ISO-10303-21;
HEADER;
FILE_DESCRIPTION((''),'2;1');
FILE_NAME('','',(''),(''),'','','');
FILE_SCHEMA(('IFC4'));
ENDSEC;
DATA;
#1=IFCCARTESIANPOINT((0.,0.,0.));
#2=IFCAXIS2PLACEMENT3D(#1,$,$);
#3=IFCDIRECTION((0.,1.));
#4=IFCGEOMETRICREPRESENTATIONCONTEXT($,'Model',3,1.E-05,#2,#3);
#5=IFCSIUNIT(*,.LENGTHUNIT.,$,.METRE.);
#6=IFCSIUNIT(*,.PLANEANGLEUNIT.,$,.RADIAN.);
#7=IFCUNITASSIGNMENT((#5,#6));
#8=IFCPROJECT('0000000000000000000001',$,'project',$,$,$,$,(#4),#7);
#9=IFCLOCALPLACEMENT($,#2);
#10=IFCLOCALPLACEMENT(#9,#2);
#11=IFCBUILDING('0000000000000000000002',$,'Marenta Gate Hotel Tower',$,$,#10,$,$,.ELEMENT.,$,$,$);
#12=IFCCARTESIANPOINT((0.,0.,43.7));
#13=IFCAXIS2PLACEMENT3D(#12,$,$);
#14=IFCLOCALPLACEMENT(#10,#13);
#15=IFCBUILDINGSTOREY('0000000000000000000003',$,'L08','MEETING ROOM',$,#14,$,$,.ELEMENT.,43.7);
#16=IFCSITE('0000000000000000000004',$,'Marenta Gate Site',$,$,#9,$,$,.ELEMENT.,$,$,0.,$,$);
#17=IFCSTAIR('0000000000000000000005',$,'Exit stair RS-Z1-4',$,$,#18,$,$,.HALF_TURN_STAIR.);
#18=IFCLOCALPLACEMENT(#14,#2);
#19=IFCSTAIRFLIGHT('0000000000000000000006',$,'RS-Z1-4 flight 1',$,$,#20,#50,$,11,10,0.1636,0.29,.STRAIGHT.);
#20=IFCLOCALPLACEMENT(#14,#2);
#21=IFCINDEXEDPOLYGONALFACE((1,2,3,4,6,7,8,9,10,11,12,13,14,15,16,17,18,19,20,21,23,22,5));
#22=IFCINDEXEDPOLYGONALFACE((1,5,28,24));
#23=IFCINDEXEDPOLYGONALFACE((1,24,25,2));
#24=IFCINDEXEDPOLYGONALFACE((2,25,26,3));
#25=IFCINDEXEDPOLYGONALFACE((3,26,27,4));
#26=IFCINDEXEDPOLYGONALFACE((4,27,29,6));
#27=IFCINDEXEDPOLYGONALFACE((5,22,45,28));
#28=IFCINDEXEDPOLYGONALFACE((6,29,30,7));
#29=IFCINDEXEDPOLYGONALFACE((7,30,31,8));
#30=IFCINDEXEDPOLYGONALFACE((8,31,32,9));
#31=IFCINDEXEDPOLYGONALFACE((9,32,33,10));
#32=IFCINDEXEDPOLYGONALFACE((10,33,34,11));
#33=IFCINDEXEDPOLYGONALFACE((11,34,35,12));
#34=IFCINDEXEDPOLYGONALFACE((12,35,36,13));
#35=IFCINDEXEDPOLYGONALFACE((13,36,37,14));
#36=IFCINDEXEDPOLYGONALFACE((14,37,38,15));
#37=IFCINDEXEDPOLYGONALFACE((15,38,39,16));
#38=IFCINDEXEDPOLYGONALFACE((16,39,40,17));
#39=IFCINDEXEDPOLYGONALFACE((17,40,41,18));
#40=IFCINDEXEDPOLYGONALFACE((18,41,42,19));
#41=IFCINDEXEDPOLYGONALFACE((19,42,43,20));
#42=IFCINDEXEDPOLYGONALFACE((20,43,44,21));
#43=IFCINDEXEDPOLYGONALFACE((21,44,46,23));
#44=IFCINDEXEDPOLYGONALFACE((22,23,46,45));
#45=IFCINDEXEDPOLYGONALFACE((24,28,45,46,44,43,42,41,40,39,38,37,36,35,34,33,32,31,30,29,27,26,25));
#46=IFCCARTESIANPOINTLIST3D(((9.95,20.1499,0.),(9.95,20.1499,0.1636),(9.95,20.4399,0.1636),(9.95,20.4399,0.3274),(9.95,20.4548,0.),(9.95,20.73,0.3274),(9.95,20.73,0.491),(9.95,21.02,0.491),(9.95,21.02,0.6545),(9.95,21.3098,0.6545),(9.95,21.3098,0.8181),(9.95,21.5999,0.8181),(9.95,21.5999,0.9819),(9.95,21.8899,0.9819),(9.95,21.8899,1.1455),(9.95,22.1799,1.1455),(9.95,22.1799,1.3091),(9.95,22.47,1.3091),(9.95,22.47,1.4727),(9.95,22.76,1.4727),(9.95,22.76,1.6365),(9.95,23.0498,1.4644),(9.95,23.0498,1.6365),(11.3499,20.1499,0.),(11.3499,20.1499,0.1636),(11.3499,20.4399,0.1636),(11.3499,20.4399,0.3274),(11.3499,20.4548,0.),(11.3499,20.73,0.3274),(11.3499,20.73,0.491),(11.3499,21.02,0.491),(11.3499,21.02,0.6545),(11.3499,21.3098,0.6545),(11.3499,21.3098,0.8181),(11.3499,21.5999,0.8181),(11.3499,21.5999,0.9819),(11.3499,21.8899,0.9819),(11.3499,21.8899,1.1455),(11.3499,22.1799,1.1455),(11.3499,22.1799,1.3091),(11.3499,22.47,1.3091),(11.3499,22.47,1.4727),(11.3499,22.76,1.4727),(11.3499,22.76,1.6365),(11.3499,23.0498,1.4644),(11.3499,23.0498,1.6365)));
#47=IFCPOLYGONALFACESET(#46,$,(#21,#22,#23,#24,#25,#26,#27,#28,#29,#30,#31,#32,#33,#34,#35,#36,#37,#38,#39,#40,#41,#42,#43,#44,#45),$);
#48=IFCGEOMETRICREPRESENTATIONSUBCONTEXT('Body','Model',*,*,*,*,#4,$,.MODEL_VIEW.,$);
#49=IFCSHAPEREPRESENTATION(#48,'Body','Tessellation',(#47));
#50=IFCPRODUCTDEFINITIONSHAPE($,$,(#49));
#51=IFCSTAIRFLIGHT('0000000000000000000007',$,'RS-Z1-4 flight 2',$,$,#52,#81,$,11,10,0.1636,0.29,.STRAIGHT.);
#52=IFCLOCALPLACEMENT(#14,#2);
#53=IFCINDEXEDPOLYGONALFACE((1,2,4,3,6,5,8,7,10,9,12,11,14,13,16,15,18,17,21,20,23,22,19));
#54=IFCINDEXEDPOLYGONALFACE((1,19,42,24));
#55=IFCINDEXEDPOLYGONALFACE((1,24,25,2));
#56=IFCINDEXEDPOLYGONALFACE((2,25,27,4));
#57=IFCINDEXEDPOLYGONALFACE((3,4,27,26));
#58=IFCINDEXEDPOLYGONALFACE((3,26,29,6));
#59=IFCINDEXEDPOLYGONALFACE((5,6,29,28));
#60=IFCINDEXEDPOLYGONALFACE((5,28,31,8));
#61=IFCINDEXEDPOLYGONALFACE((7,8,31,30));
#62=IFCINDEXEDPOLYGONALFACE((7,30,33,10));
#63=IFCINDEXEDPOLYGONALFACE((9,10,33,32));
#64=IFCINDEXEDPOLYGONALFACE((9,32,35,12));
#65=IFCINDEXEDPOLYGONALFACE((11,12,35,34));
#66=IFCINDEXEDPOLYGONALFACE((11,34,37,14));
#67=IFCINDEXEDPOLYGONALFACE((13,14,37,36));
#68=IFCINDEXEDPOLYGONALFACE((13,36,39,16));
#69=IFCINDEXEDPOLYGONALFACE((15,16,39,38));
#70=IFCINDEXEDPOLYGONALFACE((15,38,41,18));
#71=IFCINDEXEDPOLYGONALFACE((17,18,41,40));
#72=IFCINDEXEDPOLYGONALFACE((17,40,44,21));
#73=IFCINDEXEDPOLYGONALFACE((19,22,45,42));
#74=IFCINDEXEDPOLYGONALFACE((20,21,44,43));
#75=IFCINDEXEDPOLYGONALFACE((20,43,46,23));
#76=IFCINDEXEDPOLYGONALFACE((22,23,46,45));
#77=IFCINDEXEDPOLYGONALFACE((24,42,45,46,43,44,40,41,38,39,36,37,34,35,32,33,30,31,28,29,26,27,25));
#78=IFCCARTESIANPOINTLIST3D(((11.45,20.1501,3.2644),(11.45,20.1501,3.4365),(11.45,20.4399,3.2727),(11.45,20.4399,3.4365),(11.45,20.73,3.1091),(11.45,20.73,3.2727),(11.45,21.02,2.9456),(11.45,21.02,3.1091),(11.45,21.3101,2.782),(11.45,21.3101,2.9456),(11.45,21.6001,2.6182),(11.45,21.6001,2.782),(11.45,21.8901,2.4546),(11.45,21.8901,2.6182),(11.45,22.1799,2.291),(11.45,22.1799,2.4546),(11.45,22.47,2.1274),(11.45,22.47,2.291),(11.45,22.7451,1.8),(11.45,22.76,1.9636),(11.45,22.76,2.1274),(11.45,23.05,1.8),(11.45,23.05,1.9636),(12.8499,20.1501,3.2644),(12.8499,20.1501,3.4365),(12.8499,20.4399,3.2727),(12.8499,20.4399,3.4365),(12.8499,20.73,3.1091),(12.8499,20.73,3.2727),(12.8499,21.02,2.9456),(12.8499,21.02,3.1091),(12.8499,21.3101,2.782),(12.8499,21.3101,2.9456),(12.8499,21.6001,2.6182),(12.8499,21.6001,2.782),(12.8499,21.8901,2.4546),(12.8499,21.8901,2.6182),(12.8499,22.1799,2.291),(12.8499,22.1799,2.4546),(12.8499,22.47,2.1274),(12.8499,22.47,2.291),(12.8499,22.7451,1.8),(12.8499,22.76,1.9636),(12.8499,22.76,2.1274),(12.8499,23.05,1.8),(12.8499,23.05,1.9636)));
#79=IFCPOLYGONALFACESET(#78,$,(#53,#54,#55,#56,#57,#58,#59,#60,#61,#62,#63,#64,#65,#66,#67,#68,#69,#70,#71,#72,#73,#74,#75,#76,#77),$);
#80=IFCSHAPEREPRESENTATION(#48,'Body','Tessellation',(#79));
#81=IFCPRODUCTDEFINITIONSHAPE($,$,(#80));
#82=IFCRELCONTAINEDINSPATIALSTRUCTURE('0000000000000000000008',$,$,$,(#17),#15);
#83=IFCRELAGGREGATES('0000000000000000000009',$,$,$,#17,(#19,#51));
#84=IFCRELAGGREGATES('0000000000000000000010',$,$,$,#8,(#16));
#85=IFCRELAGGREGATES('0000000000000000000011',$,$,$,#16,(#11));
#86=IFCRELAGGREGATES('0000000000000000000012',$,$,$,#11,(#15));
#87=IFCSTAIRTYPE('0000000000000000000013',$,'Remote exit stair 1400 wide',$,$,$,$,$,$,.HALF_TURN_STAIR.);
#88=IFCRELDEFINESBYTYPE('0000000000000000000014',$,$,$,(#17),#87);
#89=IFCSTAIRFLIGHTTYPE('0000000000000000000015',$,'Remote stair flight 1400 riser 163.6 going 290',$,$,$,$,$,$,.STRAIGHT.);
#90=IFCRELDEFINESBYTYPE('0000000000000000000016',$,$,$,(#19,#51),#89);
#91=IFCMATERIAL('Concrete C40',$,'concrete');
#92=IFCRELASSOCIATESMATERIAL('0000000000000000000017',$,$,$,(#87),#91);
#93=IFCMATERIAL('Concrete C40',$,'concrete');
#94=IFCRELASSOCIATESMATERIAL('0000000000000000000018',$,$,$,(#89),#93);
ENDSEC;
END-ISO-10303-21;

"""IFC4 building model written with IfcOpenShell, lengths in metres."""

from ifc_helpers import new_model, si_unit, direction, frame, origin, place, context, subcontext, project, spatial, polyline, outline, extrude, material, type_object, element, aggregate, save


model = new_model("IFC4")

# Units and contexts
model_context = context("Model", 3, precision=1e-05, world=origin(), true_north=direction((0.0, 1.0)))
body_context = subcontext(model_context, "Body", "Model", "MODEL_VIEW")
ifc_project = project(units=[si_unit("LENGTHUNIT", "METRE"), si_unit("PLANEANGLEUNIT", "RADIAN")], contexts=[model_context])

# Site, building, storey
site_placement = place(None, origin())
site = spatial("IfcSite", under=ifc_project, at=site_placement, Name="Marenta Gate Site", CompositionType="ELEMENT", RefElevation=0.0)
building_placement = place(site_placement, origin())
building = spatial("IfcBuilding", under=site, at=building_placement, Name="Marenta Gate Hotel Tower", CompositionType="ELEMENT")
storey_placement = place(building_placement, frame((0.0, 0.0, 43.7)))
storey = spatial("IfcBuildingStorey", under=building, at=storey_placement, Name="L08", Description="MEETING ROOM", CompositionType="ELEMENT", Elevation=43.7)

# Stair, stair flights
ifc_material_1 = material(Name="Concrete C40", Category="concrete")
stair_type = type_object("IfcStairType", Name="Remote exit stair 1400 wide", PredefinedType="HALF_TURN_STAIR", material=ifc_material_1)
stair_placement = place(storey_placement, origin())
stair = element("IfcStair", 1, at=stair_placement, inside=storey, type_object=stair_type, Name="Exit stair RS-Z1-4", PredefinedType="HALF_TURN_STAIR")
ifc_material_2 = material(Name="Concrete C40", Category="concrete")
stair_flight_type = type_object("IfcStairFlightType", Name="Remote stair flight 1400 riser 163.6 going 290", PredefinedType="STRAIGHT", material=ifc_material_2)
stair_flight_1_placement = place(storey_placement, frame((10.6499, 20.1499, 0.0), z_axis=(0.0, 0.0, 1.0), x_axis=(0.0, 1.0, 0.0)))
stair_flight_1 = element("IfcStairFlight", 2, at=stair_flight_1_placement, type_object=stair_flight_type, Name="RS-Z1-4 flight 1", NumberOfRisers=11, NumberOfTreads=10, PredefinedType="STRAIGHT", RiserHeight=0.1636, TreadLength=0.29, context=body_context, shape_type="SweptSolid", body=[
    extrude(outline(polyline([(0.0, 0.0), (0.0, 0.1636), (0.29, 0.1636), (0.29, 0.3274), (0.5801, 0.3274), (0.5801, 0.491), (0.8701, 0.491), (0.8701, 0.6545), (1.1599, 0.6545), (1.1599, 0.8181), (1.45, 0.8181), (1.45, 0.9819), (1.74, 0.9819), (1.74, 1.1455), (2.03, 1.1455), (2.03, 1.3091), (2.3201, 1.3091), (2.3201, 1.4727), (2.6101, 1.4727), (2.6101, 1.6365), (2.8999, 1.6365), (2.8999, 1.8), (2.8999, 1.4644), (0.3049, 0.0), (0.0, 0.0)])), frame((0.0, 0.7, 0.0), z_axis=(0.0, -1.0, 0.0), x_axis=(1.0, 0.0, 0.0)), (0.0, 0.0, 1.0), 1.3999),
])
stair_flight_2_placement = place(storey_placement, frame((12.1499, 23.05, 1.8), z_axis=(0.0, 0.0, 1.0), x_axis=(0.0, -1.0, 0.0)))
stair_flight_2 = element("IfcStairFlight", 3, at=stair_flight_2_placement, type_object=stair_flight_type, Name="RS-Z1-4 flight 2", NumberOfRisers=11, NumberOfTreads=10, PredefinedType="STRAIGHT", RiserHeight=0.1636, TreadLength=0.29, context=body_context, shape_type="SweptSolid", body=[
    extrude(outline(polyline([(0.0, 0.0), (0.0, 0.1636), (0.29, 0.1636), (0.29, 0.3274), (0.5801, 0.3274), (0.5801, 0.491), (0.8701, 0.491), (0.8701, 0.6545), (1.1599, 0.6545), (1.1599, 0.8181), (1.45, 0.8181), (1.45, 0.9819), (1.74, 0.9819), (1.74, 1.1455), (2.03, 1.1455), (2.03, 1.3091), (2.3201, 1.3091), (2.3201, 1.4727), (2.6101, 1.4727), (2.6101, 1.6365), (2.8999, 1.6365), (2.8999, 1.8), (2.8999, 1.4644), (0.3049, 0.0), (0.0, 0.0)])), frame((0.0, 0.7, 0.0), z_axis=(0.0, -1.0, 0.0), x_axis=(1.0, 0.0, 0.0)), (0.0, 0.0, 1.0), 1.3999),
])
aggregate(stair, [stair_flight_1, stair_flight_2])

save(model, "model.ifc")
